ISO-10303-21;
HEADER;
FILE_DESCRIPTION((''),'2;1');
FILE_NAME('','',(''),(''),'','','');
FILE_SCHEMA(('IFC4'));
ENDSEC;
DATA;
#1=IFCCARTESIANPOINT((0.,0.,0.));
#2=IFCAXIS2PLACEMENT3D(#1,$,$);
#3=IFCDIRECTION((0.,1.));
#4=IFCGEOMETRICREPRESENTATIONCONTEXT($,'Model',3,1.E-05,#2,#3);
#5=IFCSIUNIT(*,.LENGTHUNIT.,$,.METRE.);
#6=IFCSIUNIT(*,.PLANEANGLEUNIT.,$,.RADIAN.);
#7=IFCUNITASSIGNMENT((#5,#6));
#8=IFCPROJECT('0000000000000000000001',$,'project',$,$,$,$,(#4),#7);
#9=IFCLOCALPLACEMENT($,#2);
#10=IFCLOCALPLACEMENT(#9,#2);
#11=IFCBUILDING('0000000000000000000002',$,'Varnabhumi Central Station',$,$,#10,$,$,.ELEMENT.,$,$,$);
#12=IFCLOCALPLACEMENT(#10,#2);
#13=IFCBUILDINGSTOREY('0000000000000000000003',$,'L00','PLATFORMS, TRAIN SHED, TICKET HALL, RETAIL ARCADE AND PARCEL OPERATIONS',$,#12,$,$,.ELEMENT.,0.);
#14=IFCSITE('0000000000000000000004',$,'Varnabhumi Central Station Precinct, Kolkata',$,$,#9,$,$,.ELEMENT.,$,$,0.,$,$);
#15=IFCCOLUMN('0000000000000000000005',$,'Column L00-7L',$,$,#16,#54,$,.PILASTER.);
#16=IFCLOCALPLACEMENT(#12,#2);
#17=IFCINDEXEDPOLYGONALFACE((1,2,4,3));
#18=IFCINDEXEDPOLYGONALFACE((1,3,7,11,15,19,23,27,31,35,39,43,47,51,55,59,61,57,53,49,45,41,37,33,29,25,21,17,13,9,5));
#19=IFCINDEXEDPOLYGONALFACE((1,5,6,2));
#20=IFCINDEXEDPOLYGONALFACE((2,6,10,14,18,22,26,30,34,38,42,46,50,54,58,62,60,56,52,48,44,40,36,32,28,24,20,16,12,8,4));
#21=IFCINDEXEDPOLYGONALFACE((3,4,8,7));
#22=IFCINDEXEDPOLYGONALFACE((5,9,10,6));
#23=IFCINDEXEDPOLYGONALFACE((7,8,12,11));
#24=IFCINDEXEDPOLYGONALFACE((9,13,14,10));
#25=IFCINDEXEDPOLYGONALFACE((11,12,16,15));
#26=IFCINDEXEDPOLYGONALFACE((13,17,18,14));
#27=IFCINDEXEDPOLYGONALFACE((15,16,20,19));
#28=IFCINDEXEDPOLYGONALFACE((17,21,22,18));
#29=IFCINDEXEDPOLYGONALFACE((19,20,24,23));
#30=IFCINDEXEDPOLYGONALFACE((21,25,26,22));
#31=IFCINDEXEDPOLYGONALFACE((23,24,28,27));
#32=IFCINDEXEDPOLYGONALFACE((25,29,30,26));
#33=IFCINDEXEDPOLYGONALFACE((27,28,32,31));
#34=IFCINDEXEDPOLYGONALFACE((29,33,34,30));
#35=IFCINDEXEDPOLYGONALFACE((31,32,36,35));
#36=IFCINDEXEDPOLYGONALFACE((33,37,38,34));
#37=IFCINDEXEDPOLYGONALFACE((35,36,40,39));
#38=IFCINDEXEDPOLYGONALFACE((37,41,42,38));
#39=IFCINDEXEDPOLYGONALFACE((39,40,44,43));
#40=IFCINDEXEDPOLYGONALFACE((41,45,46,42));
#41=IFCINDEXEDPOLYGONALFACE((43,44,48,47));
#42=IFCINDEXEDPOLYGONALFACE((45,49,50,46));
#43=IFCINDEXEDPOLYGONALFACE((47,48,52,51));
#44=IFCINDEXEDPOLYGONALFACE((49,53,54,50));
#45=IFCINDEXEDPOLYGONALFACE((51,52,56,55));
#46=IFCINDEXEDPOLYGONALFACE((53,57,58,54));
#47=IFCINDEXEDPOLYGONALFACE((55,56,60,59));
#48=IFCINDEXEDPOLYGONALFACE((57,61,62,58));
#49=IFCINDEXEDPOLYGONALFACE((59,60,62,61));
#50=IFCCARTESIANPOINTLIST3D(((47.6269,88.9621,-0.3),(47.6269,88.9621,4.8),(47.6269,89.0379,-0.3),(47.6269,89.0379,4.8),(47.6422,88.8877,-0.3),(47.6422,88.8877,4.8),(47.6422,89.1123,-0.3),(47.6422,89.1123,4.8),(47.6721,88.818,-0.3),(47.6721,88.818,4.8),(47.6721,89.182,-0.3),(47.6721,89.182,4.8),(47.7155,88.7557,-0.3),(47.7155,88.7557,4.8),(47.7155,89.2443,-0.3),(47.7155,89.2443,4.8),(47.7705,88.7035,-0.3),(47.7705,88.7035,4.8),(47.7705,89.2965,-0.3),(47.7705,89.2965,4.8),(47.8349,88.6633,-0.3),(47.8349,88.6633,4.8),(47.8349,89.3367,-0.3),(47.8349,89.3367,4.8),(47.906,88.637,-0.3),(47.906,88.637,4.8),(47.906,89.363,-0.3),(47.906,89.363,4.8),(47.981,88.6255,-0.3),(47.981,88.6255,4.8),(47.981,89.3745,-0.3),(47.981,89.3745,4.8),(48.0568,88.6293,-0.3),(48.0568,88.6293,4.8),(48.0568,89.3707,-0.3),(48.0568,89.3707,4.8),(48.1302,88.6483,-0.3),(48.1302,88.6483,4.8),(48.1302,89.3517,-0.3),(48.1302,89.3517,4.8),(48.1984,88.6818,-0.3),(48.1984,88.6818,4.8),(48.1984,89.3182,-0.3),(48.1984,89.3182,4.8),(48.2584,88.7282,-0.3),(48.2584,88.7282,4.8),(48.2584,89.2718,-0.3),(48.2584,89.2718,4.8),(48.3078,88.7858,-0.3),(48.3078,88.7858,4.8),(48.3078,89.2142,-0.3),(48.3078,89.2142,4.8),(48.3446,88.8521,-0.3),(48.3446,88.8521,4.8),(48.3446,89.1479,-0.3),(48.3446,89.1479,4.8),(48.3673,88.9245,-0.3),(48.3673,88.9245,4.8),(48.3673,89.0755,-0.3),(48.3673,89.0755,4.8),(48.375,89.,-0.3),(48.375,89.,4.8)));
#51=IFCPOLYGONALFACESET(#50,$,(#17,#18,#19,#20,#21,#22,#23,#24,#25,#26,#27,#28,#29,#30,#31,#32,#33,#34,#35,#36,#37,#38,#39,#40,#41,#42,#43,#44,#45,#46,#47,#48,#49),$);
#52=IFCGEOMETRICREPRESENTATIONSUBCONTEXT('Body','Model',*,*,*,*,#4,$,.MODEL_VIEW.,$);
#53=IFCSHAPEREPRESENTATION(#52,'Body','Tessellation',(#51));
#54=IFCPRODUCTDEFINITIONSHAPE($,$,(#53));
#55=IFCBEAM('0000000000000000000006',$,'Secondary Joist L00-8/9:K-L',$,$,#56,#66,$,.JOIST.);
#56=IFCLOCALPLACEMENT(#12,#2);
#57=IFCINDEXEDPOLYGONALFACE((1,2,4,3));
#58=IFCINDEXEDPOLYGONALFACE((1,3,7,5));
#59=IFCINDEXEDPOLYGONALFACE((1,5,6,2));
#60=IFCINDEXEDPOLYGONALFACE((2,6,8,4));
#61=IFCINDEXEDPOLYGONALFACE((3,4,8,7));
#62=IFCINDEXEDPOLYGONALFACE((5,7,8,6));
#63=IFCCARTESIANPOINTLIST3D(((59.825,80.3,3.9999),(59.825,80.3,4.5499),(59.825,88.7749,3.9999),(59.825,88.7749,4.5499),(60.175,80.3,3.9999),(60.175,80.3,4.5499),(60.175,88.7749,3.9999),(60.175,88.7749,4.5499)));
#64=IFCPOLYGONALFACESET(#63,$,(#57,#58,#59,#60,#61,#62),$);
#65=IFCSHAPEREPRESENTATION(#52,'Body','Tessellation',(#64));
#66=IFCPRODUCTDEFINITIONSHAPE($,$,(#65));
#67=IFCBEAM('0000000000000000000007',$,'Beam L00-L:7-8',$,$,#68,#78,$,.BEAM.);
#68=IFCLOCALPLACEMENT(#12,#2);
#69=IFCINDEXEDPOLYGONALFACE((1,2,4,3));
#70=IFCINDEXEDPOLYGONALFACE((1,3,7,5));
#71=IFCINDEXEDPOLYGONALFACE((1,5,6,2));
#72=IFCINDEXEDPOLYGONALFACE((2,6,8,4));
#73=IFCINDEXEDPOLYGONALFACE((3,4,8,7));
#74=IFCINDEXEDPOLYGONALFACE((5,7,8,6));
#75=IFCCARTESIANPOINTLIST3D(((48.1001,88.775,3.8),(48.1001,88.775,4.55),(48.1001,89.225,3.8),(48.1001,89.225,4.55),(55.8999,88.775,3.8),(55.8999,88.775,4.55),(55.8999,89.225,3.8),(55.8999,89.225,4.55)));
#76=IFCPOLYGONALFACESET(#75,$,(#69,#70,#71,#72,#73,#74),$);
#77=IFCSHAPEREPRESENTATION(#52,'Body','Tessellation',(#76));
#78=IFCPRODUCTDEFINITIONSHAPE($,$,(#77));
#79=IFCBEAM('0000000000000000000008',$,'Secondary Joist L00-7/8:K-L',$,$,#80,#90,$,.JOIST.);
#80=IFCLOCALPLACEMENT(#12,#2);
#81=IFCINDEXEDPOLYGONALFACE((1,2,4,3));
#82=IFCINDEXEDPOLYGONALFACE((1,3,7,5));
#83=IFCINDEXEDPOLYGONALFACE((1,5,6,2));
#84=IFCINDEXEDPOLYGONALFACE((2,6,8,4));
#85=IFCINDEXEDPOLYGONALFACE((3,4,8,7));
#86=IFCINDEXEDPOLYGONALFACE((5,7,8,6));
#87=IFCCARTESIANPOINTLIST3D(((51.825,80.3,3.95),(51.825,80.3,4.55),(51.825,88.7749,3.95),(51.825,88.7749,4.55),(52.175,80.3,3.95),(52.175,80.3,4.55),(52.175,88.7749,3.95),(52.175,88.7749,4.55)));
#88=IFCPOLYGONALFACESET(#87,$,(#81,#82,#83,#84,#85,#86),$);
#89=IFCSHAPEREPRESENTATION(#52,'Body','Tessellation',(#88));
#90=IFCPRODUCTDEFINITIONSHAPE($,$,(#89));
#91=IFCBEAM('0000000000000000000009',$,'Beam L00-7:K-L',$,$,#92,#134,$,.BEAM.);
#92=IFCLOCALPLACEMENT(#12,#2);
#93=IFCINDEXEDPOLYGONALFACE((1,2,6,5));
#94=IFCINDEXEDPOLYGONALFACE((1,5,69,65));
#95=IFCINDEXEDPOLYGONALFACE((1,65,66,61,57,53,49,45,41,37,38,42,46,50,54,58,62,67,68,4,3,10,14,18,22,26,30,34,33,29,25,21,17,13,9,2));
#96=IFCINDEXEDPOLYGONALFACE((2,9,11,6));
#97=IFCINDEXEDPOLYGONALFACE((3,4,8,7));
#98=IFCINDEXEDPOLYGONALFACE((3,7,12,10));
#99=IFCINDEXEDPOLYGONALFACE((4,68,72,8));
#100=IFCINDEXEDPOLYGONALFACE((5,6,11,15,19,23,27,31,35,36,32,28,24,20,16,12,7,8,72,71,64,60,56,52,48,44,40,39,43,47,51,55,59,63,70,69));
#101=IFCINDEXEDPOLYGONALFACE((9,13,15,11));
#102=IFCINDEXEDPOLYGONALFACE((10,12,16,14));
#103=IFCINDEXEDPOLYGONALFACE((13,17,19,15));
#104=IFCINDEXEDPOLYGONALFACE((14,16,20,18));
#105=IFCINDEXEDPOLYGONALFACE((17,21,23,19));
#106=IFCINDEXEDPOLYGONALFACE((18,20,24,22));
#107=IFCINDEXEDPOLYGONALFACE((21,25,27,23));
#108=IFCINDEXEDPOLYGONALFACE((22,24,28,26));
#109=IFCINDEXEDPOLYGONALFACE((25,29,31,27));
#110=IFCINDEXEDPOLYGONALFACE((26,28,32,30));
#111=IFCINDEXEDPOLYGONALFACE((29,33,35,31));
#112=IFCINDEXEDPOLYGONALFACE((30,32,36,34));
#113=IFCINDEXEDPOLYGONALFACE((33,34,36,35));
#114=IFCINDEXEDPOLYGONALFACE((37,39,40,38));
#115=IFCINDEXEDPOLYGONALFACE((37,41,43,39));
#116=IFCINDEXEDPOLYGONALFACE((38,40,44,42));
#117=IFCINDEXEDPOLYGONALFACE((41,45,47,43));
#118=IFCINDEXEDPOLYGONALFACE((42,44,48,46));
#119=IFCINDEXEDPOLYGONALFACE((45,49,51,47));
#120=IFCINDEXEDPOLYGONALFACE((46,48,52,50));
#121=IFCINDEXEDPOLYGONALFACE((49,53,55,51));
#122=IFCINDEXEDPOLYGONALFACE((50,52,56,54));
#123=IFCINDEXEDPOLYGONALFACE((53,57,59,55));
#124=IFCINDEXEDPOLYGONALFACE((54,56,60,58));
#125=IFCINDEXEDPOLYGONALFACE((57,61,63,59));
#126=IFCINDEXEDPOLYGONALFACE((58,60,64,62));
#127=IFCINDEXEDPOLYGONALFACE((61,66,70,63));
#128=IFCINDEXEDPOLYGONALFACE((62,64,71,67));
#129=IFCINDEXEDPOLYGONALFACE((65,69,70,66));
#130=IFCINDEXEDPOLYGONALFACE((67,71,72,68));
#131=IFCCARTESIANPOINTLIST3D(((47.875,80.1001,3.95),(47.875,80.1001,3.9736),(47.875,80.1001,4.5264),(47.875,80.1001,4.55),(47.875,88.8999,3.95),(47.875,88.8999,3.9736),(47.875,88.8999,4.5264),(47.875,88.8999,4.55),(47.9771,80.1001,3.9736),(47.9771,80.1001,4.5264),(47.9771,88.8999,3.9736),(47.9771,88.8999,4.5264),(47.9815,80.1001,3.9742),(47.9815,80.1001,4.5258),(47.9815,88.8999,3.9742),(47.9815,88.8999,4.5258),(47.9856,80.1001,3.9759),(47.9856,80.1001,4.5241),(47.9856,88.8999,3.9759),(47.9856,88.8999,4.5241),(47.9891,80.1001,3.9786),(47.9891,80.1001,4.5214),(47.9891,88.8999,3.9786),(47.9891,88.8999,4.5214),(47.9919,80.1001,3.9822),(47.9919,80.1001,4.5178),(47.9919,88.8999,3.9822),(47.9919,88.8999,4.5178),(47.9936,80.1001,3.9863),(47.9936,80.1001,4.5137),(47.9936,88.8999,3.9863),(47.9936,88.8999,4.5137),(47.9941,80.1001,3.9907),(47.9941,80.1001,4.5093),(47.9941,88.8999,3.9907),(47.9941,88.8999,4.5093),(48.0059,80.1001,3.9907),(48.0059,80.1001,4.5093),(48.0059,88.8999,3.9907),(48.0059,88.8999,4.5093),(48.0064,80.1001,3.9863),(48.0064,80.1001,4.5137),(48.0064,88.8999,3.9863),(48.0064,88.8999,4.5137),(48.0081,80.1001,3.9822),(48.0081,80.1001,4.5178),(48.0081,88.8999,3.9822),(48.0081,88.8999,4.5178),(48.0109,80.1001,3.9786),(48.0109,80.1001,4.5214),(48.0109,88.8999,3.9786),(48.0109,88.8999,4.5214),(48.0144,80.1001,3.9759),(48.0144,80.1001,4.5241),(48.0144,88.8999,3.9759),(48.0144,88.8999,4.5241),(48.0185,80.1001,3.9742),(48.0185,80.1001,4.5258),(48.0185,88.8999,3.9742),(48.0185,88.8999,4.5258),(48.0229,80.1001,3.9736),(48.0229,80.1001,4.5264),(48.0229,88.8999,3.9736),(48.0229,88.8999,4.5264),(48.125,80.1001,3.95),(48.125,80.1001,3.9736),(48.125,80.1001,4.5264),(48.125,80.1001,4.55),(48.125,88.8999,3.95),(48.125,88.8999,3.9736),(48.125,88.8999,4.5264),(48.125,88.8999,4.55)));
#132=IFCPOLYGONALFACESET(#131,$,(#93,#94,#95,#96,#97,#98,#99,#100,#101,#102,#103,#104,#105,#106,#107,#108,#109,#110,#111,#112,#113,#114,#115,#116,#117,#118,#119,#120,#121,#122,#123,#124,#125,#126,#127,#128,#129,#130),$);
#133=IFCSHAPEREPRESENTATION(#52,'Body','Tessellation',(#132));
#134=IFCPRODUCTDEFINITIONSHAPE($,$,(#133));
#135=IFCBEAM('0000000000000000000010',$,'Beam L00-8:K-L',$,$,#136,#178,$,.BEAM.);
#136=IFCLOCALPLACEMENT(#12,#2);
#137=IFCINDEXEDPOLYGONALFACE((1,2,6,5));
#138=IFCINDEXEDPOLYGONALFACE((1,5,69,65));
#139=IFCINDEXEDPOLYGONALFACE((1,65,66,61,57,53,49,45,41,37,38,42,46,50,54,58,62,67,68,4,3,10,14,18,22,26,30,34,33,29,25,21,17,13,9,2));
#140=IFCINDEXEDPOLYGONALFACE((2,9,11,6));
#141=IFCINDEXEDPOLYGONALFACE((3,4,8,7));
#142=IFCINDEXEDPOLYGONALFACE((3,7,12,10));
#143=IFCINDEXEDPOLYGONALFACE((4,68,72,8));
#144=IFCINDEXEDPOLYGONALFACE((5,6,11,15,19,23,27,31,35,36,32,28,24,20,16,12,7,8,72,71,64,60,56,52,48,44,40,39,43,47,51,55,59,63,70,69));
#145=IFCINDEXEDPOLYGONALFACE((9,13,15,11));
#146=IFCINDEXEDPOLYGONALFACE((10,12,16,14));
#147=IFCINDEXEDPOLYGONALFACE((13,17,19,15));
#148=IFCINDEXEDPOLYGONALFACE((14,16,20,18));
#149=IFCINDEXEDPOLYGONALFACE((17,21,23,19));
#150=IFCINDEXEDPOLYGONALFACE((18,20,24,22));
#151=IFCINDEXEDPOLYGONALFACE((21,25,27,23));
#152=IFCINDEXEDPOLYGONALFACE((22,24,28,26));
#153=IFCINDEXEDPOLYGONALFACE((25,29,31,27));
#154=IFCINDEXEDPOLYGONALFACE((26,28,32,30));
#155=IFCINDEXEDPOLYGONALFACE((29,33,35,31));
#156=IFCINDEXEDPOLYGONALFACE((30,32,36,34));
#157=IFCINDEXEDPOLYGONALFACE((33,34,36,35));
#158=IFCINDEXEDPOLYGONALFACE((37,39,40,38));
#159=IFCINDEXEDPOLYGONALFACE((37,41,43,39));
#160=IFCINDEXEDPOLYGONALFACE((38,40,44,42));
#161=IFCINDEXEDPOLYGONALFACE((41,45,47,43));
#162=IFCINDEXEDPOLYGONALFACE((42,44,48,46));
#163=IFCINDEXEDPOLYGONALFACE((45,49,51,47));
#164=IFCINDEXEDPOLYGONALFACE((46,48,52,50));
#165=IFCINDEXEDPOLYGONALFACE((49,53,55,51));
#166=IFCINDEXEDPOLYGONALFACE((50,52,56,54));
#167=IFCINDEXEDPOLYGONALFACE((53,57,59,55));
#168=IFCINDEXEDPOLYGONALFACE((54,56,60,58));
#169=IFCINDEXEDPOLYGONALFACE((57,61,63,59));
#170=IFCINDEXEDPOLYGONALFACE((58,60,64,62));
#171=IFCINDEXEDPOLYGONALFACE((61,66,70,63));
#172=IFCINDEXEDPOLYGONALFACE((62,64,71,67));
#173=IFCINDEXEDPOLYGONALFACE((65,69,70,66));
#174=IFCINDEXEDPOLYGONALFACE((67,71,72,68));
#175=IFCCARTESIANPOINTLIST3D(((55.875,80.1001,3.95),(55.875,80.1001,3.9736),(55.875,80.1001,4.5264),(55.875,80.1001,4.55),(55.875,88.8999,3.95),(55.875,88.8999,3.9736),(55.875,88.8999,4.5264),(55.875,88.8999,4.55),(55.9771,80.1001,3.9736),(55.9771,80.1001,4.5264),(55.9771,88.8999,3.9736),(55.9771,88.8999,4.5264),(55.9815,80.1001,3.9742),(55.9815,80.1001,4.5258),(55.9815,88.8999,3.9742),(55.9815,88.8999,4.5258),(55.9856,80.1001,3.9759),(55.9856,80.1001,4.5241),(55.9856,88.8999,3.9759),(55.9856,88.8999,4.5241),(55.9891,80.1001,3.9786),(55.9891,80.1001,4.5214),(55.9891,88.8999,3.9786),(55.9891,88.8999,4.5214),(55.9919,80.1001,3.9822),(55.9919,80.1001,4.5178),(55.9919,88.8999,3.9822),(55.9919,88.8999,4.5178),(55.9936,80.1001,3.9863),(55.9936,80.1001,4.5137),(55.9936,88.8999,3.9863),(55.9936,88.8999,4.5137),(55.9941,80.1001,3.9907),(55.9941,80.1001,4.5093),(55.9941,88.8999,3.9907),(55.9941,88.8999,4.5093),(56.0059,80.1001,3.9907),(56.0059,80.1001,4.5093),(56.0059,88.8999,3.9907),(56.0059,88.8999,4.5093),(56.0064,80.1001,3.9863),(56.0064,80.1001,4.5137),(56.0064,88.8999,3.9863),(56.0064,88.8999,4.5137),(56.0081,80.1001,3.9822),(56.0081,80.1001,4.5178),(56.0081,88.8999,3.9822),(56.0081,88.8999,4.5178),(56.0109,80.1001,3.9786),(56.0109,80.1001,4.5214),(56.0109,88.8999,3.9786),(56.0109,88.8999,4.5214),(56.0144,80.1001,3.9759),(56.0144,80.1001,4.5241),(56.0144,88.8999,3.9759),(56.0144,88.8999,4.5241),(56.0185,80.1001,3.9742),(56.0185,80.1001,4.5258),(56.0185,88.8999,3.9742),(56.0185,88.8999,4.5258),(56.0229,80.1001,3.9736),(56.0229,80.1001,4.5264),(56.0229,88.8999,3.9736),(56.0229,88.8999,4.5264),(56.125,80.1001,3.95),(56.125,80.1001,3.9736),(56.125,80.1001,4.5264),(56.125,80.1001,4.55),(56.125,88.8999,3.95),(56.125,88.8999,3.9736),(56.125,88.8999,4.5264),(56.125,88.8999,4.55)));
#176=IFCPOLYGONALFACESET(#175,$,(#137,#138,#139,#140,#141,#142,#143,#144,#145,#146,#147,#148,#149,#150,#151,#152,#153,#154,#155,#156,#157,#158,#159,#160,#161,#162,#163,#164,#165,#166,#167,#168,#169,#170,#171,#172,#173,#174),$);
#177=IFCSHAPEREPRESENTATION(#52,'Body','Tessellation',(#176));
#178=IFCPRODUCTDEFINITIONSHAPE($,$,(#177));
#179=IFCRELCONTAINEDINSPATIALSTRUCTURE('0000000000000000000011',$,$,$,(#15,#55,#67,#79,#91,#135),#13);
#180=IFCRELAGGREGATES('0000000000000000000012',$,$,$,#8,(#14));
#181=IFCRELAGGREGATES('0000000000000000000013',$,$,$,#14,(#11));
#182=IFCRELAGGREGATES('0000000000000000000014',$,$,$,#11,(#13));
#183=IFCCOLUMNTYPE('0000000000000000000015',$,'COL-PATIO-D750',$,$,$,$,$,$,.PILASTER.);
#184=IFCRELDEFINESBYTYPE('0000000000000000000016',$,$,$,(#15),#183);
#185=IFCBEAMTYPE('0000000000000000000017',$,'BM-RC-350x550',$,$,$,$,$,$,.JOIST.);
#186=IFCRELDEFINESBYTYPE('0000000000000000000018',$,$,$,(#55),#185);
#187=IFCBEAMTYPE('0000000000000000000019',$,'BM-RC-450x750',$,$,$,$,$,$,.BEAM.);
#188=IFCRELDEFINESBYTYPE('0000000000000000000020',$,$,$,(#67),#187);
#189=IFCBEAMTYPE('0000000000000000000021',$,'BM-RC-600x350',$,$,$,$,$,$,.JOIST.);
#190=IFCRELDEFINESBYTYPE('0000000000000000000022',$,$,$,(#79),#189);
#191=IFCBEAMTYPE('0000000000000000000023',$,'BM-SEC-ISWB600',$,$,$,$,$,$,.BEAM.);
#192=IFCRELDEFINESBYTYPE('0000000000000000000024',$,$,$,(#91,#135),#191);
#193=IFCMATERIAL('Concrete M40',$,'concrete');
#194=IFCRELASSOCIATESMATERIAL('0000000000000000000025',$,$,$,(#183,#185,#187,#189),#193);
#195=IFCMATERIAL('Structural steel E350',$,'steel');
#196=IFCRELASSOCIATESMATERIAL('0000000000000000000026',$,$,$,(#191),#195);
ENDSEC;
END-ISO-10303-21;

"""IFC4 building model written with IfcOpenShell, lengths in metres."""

from ifc_helpers import new_model, si_unit, direction, frame, origin, origin_2d, place, context, subcontext, project, spatial, rectangle, circle, i_section, extrude, material, material_profile, profile_set, type_object, element, save


model = new_model("IFC4")

# Units and contexts
model_context = context("Model", 3, precision=1e-05, world=origin(), true_north=direction((0.0, 1.0)))
body_context = subcontext(model_context, "Body", "Model", "MODEL_VIEW")
ifc_project = project(units=[si_unit("LENGTHUNIT", "METRE"), si_unit("PLANEANGLEUNIT", "RADIAN")], contexts=[model_context])

# Site, building, storey
site_placement = place(None, origin())
site = spatial("IfcSite", under=ifc_project, at=site_placement, Name="Varnabhumi Central Station Precinct, Kolkata", CompositionType="ELEMENT", RefElevation=0.0)
building_placement = place(site_placement, origin())
building = spatial("IfcBuilding", under=site, at=building_placement, Name="Varnabhumi Central Station", CompositionType="ELEMENT")
storey_placement = place(building_placement, origin())
storey = spatial("IfcBuildingStorey", under=building, at=storey_placement, Name="L00", Description="PLATFORMS, TRAIN SHED, TICKET HALL, RETAIL ARCADE AND PARCEL OPERATIONS", CompositionType="ELEMENT", Elevation=0.0)

# Shared definitions
ifc_material_1 = material(Name="Concrete M40", Category="concrete")

# Column
ifc_material_profile_1 = material_profile(ifc_material_1, circle(Radius=0.375, at=origin_2d()), Name="Concrete M40", Category="concrete")
ifc_profile_set_1 = profile_set([ifc_material_profile_1], Name="Concrete M40")
column_type = type_object("IfcColumnType", Name="COL-PATIO-D750", PredefinedType="PILASTER", material=ifc_profile_set_1)
column_placement = place(storey_placement, frame((48.0, 89.0, -0.3), z_axis=(0.0, 0.0, 1.0), x_axis=(1.0, 0.0, 0.0)))
element("IfcColumn", 1, at=column_placement, inside=storey, type_object=column_type, Name="Column L00-7L", PredefinedType="PILASTER", context=body_context, shape_type="SweptSolid", body=[
    extrude(circle(Radius=0.375, at=origin_2d()), origin(), (0.0, 0.0, 1.0), 5.1001),
])

# Beams
ifc_material_profile_2 = material_profile(ifc_material_1, rectangle(XDim=0.3501, YDim=0.55, at=origin_2d()), Name="Concrete M40", Category="concrete")
ifc_profile_set_2 = profile_set([ifc_material_profile_2], Name="Concrete M40")
beam_type_1 = type_object("IfcBeamType", Name="BM-RC-350x550", PredefinedType="JOIST", material=ifc_profile_set_2)
beam_1_placement = place(storey_placement, frame((60.0, 80.3, 4.2749), z_axis=(0.0, 1.0, 0.0), x_axis=(-1.0, 0.0, 0.0)))
element("IfcBeam", 2, at=beam_1_placement, inside=storey, type_object=beam_type_1, Name="Secondary Joist L00-8/9:K-L", PredefinedType="JOIST", context=body_context, shape_type="SweptSolid", body=[
    extrude(rectangle(XDim=0.3501, YDim=0.55, at=origin_2d()), origin(), (0.0, 0.0, 1.0), 8.4749),
])
ifc_material_profile_3 = material_profile(ifc_material_1, rectangle(XDim=0.45, YDim=0.75, at=origin_2d()), Name="Concrete M40", Category="concrete")
ifc_profile_set_3 = profile_set([ifc_material_profile_3], Name="Concrete M40")
beam_type_2 = type_object("IfcBeamType", Name="BM-RC-450x750", PredefinedType="BEAM", material=ifc_profile_set_3)
beam_2_placement = place(storey_placement, frame((48.1001, 89.0, 4.175), z_axis=(1.0, 0.0, 0.0), x_axis=(0.0, 1.0, 0.0)))
element("IfcBeam", 3, at=beam_2_placement, inside=storey, type_object=beam_type_2, Name="Beam L00-L:7-8", PredefinedType="BEAM", context=body_context, shape_type="SweptSolid", body=[
    extrude(rectangle(XDim=0.45, YDim=0.75, at=origin_2d()), origin(), (0.0, 0.0, 1.0), 7.7998),
])
ifc_material_profile_4 = material_profile(ifc_material_1, rectangle(XDim=0.3501, YDim=0.6001, at=origin_2d()), Name="Concrete M40", Category="concrete")
ifc_profile_set_4 = profile_set([ifc_material_profile_4], Name="Concrete M40")
beam_type_3 = type_object("IfcBeamType", Name="BM-RC-600x350", PredefinedType="JOIST", material=ifc_profile_set_4)
beam_3_placement = place(storey_placement, frame((52.0, 80.3, 4.25), z_axis=(0.0, 1.0, 0.0), x_axis=(-1.0, 0.0, 0.0)))
element("IfcBeam", 4, at=beam_3_placement, inside=storey, type_object=beam_type_3, Name="Secondary Joist L00-7/8:K-L", PredefinedType="JOIST", context=body_context, shape_type="SweptSolid", body=[
    extrude(rectangle(XDim=0.3501, YDim=0.6001, at=origin_2d()), origin(), (0.0, 0.0, 1.0), 8.4749),
])
ifc_material_2 = material(Name="Structural steel E350", Category="steel")
ifc_material_profile_5 = material_profile(ifc_material_2, i_section(OverallWidth=0.25, OverallDepth=0.6001, WebThickness=0.0117, FlangeThickness=0.0237, FilletRadius=0.0171, at=origin_2d()), Name="Structural steel E350", Category="steel")
ifc_profile_set_5 = profile_set([ifc_material_profile_5], Name="Structural steel E350")
beam_type_4 = type_object("IfcBeamType", Name="BM-SEC-ISWB600", PredefinedType="BEAM", material=ifc_profile_set_5)
for number, where, z_axis, x_axis, name in (
    (5, (48.0, 80.1001, 4.25), (0.0, 1.0, 0.0), (-1.0, 0.0, 0.0), "Beam L00-7:K-L"),
    (6, (56.0, 80.1001, 4.25), (0.0, 1.0, 0.0), (-1.0, 0.0, 0.0), "Beam L00-8:K-L"),
):
    element("IfcBeam", number, at=place(storey_placement, frame(where, z_axis=z_axis, x_axis=x_axis)), inside=storey, type_object=beam_type_4, Name=name, PredefinedType="BEAM", context=body_context, shape_type="SweptSolid", body=[
        extrude(i_section(OverallWidth=0.25, OverallDepth=0.6001, WebThickness=0.0117, FlangeThickness=0.0237, FilletRadius=0.0171, at=origin_2d()), origin(), (0.0, 0.0, 1.0), 8.7998),
    ])

save(model, "model.ifc")
